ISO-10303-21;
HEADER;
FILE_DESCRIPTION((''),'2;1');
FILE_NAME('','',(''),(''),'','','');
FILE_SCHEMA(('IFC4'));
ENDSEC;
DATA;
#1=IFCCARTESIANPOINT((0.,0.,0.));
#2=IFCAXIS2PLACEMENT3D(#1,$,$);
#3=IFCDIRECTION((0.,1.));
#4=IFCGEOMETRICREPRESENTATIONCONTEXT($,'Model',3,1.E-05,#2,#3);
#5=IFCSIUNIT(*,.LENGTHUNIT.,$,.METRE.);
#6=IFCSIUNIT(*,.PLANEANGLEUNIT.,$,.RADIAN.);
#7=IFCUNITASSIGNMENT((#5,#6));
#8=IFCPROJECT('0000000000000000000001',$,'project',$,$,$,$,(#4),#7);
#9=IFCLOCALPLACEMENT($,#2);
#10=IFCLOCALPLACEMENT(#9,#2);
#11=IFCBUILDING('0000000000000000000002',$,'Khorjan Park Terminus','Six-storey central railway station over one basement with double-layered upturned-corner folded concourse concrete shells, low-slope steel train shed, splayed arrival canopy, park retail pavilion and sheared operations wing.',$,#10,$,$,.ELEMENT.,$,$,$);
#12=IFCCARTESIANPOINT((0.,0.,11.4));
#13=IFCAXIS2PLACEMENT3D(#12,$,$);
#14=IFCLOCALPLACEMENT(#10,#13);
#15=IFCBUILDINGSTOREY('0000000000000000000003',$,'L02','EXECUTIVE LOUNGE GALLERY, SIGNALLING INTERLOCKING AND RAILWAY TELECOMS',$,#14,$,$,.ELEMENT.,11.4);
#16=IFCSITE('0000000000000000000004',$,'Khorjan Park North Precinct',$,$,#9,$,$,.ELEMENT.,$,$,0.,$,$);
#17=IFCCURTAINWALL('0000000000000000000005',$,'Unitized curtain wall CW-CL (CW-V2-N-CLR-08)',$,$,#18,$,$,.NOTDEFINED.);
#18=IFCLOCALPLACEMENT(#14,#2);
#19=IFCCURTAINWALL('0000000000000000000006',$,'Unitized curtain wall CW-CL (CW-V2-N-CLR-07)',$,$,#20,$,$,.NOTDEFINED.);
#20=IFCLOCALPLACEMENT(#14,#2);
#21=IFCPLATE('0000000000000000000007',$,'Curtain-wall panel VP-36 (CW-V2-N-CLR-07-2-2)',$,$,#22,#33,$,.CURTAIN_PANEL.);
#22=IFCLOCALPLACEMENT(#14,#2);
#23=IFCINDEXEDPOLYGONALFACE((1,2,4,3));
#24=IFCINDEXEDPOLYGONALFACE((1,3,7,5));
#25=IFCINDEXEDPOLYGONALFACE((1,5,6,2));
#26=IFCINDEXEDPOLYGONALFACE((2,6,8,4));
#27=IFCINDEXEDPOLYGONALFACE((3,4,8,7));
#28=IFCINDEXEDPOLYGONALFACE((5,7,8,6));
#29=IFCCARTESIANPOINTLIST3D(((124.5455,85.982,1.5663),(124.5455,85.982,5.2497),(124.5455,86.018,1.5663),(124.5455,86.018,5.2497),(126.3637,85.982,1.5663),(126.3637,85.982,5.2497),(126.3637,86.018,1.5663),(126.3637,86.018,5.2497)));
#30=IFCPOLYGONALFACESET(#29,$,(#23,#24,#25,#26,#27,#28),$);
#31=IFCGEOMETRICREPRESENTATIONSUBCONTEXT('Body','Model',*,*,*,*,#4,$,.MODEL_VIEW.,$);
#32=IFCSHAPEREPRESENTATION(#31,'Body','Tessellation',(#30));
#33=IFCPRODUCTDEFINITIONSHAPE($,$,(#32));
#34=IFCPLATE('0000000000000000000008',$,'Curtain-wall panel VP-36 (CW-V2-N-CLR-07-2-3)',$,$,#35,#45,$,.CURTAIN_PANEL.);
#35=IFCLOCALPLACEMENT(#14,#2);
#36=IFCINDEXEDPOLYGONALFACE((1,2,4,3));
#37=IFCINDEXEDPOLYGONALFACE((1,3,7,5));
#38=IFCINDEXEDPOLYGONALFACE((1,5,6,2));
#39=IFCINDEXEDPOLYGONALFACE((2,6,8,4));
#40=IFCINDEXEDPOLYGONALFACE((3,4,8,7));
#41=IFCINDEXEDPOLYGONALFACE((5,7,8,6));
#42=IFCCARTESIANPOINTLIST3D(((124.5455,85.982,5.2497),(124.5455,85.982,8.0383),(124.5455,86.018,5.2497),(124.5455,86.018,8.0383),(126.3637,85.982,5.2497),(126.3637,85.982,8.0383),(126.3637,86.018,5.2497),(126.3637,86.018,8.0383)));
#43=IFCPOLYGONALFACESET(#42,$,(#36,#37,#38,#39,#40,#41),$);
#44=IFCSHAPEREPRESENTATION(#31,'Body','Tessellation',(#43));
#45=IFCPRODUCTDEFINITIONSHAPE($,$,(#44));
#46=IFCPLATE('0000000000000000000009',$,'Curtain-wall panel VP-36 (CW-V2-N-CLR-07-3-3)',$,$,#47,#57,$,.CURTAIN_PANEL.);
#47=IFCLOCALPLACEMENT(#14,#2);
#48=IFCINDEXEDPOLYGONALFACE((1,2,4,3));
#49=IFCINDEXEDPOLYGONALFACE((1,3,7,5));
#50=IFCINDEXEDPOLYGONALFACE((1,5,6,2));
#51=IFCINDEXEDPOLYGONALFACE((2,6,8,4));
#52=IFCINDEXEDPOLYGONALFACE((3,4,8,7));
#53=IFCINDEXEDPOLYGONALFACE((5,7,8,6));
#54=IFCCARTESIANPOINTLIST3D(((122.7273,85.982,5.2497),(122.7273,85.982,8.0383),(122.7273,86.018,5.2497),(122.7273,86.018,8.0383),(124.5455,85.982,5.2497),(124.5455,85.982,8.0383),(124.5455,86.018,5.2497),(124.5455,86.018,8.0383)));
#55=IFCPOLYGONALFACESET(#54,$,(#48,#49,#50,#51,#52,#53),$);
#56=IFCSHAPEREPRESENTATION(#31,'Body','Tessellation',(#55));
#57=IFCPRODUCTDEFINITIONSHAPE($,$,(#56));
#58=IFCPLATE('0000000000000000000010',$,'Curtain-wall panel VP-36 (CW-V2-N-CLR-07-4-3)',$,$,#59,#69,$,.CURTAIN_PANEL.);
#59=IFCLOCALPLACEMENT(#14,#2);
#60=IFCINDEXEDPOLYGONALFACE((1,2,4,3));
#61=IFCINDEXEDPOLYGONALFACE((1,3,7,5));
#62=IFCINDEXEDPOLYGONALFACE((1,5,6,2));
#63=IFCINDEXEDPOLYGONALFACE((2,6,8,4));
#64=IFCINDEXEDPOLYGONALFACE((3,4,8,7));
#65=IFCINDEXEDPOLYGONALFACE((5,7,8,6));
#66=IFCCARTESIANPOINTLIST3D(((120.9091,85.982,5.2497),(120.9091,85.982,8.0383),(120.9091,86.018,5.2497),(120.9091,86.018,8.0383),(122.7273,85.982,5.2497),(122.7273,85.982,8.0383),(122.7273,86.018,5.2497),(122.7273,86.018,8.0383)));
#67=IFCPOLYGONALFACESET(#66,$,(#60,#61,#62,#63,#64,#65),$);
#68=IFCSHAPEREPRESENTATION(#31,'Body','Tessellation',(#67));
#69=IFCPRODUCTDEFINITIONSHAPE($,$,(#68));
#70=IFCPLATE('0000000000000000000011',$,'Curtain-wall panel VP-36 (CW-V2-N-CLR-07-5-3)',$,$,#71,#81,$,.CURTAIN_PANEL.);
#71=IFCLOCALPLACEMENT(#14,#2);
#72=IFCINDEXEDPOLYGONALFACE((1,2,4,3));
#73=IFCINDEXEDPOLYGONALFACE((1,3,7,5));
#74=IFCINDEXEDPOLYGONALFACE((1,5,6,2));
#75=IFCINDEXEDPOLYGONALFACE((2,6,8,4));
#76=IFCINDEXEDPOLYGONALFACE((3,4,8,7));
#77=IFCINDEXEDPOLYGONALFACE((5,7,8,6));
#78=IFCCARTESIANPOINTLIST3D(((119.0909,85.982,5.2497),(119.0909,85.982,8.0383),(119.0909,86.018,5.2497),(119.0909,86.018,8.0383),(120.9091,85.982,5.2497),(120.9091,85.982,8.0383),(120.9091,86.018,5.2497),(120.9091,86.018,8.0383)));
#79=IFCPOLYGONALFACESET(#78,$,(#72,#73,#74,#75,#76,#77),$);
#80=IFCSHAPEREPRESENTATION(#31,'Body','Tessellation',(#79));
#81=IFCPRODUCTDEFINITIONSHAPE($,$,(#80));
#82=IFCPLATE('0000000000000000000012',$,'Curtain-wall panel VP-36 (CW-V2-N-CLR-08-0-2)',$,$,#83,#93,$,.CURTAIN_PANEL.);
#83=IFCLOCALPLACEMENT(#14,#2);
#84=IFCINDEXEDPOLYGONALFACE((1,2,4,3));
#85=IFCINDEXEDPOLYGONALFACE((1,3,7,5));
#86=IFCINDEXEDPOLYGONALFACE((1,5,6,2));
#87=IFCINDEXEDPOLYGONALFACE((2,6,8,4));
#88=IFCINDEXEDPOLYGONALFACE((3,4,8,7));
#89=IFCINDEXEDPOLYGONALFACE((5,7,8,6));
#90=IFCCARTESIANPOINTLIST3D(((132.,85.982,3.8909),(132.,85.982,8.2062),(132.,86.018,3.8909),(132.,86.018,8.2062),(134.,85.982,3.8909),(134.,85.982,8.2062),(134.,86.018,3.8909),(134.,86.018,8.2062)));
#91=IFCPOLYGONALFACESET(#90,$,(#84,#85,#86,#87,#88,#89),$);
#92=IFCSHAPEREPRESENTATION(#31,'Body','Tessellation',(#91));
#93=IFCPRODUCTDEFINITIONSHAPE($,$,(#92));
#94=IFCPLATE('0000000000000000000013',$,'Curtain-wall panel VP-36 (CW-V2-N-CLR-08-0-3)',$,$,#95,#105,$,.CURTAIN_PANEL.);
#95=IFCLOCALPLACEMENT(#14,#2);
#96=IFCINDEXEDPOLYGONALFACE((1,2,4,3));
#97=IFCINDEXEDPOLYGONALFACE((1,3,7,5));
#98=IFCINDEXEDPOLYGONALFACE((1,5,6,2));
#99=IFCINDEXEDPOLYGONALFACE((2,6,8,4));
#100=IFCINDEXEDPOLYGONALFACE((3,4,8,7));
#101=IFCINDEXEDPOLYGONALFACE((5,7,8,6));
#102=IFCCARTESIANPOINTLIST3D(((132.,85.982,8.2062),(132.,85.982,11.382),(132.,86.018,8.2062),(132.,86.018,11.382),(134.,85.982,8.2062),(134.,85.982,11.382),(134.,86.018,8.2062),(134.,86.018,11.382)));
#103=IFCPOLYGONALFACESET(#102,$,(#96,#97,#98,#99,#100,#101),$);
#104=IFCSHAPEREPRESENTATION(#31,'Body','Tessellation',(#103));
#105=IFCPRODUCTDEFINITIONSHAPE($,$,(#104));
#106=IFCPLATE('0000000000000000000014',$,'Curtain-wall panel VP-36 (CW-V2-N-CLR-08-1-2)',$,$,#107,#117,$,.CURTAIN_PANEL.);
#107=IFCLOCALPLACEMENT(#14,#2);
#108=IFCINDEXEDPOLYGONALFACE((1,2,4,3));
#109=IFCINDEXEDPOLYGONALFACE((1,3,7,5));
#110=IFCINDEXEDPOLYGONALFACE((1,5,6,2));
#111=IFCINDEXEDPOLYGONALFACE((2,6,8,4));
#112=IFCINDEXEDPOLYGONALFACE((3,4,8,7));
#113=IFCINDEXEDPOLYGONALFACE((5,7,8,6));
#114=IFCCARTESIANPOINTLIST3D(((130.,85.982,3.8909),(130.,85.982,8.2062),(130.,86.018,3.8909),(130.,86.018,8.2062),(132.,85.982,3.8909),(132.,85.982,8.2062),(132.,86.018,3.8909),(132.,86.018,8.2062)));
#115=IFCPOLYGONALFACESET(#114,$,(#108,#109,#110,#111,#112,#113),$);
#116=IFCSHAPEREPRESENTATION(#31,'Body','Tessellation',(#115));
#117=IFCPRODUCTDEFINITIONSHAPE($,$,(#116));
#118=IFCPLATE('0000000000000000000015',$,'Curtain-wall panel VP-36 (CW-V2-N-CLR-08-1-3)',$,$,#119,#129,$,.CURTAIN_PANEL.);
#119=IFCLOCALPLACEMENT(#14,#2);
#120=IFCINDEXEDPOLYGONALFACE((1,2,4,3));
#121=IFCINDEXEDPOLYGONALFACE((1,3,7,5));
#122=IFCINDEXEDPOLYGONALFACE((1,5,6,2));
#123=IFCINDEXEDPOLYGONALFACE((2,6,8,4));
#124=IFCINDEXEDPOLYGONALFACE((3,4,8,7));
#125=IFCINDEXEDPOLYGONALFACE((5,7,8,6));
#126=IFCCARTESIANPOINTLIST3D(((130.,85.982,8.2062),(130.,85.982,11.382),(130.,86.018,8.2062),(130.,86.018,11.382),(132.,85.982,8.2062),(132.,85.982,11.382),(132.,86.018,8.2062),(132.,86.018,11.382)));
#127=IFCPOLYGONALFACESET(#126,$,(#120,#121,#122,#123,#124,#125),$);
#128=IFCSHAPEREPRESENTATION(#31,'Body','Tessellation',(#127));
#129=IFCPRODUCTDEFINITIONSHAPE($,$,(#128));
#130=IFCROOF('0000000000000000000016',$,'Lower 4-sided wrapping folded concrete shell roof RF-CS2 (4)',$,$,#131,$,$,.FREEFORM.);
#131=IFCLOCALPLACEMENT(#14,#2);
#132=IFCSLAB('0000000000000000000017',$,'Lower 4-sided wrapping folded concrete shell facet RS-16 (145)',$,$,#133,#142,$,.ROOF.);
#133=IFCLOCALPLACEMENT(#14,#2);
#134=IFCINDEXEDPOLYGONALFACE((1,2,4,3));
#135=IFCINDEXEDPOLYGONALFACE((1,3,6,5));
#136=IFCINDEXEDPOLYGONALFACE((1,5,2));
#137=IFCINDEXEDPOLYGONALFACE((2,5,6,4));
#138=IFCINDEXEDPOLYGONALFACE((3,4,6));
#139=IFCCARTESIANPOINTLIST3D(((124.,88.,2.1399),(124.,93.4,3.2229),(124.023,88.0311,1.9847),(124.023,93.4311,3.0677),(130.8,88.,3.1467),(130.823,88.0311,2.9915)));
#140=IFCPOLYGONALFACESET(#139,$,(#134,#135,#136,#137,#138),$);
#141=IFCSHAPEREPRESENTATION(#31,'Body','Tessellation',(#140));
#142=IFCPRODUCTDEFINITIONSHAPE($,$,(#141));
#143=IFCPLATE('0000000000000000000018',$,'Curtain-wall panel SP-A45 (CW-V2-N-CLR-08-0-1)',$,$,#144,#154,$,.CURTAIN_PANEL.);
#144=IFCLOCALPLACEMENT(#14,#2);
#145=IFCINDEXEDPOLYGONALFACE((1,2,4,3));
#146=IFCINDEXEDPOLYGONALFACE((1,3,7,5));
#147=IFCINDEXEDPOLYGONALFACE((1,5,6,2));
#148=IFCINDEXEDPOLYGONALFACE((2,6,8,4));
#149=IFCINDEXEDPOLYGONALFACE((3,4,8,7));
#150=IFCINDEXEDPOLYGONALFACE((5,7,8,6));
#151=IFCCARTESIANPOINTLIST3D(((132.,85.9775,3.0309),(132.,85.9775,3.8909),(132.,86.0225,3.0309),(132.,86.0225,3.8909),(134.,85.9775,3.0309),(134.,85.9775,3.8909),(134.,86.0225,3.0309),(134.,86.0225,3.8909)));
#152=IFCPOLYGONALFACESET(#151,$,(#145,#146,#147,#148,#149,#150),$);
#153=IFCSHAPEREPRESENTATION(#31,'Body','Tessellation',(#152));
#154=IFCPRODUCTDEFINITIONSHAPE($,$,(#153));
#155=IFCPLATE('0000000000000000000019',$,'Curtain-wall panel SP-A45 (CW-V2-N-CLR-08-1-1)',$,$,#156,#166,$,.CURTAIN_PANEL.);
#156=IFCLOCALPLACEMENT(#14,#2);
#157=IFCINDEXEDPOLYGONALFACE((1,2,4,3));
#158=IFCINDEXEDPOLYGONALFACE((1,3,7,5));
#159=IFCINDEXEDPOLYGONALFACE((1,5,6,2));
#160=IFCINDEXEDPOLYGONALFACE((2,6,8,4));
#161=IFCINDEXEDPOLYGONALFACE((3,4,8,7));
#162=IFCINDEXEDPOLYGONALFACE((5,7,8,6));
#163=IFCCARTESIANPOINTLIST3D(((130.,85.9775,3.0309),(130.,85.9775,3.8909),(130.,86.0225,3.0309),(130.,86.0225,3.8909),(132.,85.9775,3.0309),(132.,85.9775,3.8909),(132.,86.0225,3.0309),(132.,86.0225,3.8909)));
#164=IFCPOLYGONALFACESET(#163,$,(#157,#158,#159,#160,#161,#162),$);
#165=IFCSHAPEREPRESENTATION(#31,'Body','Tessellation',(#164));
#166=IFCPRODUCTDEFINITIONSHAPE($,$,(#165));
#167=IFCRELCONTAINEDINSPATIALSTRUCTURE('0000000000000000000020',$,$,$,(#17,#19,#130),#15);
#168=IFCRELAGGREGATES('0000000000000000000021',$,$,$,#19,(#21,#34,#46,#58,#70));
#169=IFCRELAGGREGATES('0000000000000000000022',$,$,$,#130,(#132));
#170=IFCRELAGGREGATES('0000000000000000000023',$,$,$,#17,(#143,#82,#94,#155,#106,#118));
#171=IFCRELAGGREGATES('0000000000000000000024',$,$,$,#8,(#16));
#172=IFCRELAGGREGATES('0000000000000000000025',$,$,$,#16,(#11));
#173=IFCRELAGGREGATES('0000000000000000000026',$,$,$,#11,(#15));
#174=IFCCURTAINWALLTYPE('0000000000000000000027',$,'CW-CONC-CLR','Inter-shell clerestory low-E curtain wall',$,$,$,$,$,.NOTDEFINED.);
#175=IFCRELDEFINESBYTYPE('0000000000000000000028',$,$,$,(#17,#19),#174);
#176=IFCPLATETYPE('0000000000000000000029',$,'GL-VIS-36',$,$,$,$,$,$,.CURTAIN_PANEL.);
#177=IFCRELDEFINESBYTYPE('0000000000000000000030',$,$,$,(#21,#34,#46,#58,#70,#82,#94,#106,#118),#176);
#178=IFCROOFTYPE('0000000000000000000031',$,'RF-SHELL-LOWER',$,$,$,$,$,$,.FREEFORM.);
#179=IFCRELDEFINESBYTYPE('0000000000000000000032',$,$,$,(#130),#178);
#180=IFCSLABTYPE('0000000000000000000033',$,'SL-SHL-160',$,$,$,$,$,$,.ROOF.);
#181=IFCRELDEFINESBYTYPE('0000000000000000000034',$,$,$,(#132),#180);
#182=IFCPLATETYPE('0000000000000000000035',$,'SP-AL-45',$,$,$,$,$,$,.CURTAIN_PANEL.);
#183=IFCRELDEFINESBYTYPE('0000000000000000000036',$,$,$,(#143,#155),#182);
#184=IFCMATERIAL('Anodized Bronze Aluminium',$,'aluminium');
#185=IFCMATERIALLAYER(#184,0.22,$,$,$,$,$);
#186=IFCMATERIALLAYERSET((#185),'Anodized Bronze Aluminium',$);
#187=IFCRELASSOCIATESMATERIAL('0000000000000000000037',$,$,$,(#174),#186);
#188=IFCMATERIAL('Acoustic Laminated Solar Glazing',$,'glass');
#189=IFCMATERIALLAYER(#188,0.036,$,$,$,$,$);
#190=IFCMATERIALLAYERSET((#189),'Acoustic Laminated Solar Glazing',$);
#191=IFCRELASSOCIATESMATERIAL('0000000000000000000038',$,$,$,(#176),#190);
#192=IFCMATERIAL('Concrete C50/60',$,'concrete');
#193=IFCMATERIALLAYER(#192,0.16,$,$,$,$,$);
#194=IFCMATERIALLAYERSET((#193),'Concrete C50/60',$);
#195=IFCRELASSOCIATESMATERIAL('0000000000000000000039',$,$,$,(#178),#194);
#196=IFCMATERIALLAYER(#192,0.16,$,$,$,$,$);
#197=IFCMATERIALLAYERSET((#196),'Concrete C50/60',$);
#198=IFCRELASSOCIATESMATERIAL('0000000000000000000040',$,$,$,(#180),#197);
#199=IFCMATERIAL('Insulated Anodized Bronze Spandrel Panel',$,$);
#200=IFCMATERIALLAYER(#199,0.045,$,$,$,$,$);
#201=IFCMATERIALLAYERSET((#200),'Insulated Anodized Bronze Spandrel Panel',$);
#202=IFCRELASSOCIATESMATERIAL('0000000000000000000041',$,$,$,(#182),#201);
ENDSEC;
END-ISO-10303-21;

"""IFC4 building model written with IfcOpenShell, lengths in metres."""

from ifc_helpers import new_model, si_unit, direction, frame, origin, origin_2d, place, context, subcontext, project, spatial, polyline, rectangle, outline, extrude, material, layer, layer_set, type_object, element, aggregate, save


model = new_model("IFC4")

# Units and contexts
model_context = context("Model", 3, precision=1e-05, world=origin(), true_north=direction((0.0, 1.0)))
body_context = subcontext(model_context, "Body", "Model", "MODEL_VIEW")
ifc_project = project(units=[si_unit("LENGTHUNIT", "METRE"), si_unit("PLANEANGLEUNIT", "RADIAN")], contexts=[model_context])

# Site, building, storey
site_placement = place(None, origin())
site = spatial("IfcSite", under=ifc_project, at=site_placement, Name="Khorjan Park North Precinct", CompositionType="ELEMENT", RefElevation=0.0)
building_placement = place(site_placement, origin())
building = spatial("IfcBuilding", under=site, at=building_placement, Name="Khorjan Park Terminus", Description="Six-storey central railway station over one basement with double-layered upturned-corner folded concourse concrete shells, low-slope steel train shed, splayed arrival canopy, park retail pavilion and sheared operations wing.", CompositionType="ELEMENT")
storey_placement = place(building_placement, frame((0.0, 0.0, 11.4)))
storey = spatial("IfcBuildingStorey", under=building, at=storey_placement, Name="L02", Description="EXECUTIVE LOUNGE GALLERY, SIGNALLING INTERLOCKING AND RAILWAY TELECOMS", CompositionType="ELEMENT", Elevation=11.4)

# Curtain wall
ifc_material_1 = material(Name="Anodized Bronze Aluminium", Category="aluminium")
ifc_layer_1 = layer(ifc_material_1, 0.22)
ifc_layer_set_1 = layer_set([ifc_layer_1], Name="Anodized Bronze Aluminium")
curtain_wall_type = type_object("IfcCurtainWallType", Name="CW-CONC-CLR", Description="Inter-shell clerestory low-E curtain wall", PredefinedType="NOTDEFINED", material=ifc_layer_set_1)
curtain_wall_1_placement = place(storey_placement, origin())
curtain_wall_1 = element("IfcCurtainWall", 1, at=curtain_wall_1_placement, inside=storey, type_object=curtain_wall_type, Name="Unitized curtain wall CW-CL (CW-V2-N-CLR-08)", PredefinedType="NOTDEFINED")

# Curtain wall
curtain_wall_2_placement = place(storey_placement, origin())
curtain_wall_2 = element("IfcCurtainWall", 2, at=curtain_wall_2_placement, inside=storey, type_object=curtain_wall_type, Name="Unitized curtain wall CW-CL (CW-V2-N-CLR-07)", PredefinedType="NOTDEFINED")

# Plates
ifc_material_2 = material(Name="Acoustic Laminated Solar Glazing", Category="glass")
ifc_layer_2 = layer(ifc_material_2, 0.036)
ifc_layer_set_2 = layer_set([ifc_layer_2], Name="Acoustic Laminated Solar Glazing")
plate_type_1 = type_object("IfcPlateType", Name="GL-VIS-36", PredefinedType="CURTAIN_PANEL", material=ifc_layer_set_2)
plate_1_placement = place(storey_placement, frame((125.4546, 86.0, 1.5663), z_axis=(0.0, 0.0, 1.0), x_axis=(-1.0, 0.0, 0.0)))
plate_1 = element("IfcPlate", 3, at=plate_1_placement, type_object=plate_type_1, Name="Curtain-wall panel VP-36 (CW-V2-N-CLR-07-2-2)", PredefinedType="CURTAIN_PANEL", context=body_context, shape_type="SweptSolid", body=[
    extrude(rectangle(XDim=1.8182, YDim=0.036, at=origin_2d()), origin(), (0.0, 0.0, 1.0), 3.6834),
])
plate_2_placement = place(storey_placement, frame((125.4546, 86.0, 5.2497), z_axis=(0.0, 0.0, 1.0), x_axis=(-1.0, 0.0, 0.0)))
plate_2 = element("IfcPlate", 4, at=plate_2_placement, type_object=plate_type_1, Name="Curtain-wall panel VP-36 (CW-V2-N-CLR-07-2-3)", PredefinedType="CURTAIN_PANEL", context=body_context, shape_type="SweptSolid", body=[
    extrude(rectangle(XDim=1.8182, YDim=0.036, at=origin_2d()), origin(), (0.0, 0.0, 1.0), 2.7886),
])
plate_3_placement = place(storey_placement, frame((123.6364, 86.0, 5.2497), z_axis=(0.0, 0.0, 1.0), x_axis=(-1.0, 0.0, 0.0)))
plate_3 = element("IfcPlate", 5, at=plate_3_placement, type_object=plate_type_1, Name="Curtain-wall panel VP-36 (CW-V2-N-CLR-07-3-3)", PredefinedType="CURTAIN_PANEL", context=body_context, shape_type="SweptSolid", body=[
    extrude(rectangle(XDim=1.8182, YDim=0.036, at=origin_2d()), origin(), (0.0, 0.0, 1.0), 2.7886),
])
plate_4_placement = place(storey_placement, frame((121.8182, 86.0, 5.2497), z_axis=(0.0, 0.0, 1.0), x_axis=(-1.0, 0.0, 0.0)))
plate_4 = element("IfcPlate", 6, at=plate_4_placement, type_object=plate_type_1, Name="Curtain-wall panel VP-36 (CW-V2-N-CLR-07-4-3)", PredefinedType="CURTAIN_PANEL", context=body_context, shape_type="SweptSolid", body=[
    extrude(rectangle(XDim=1.8182, YDim=0.036, at=origin_2d()), origin(), (0.0, 0.0, 1.0), 2.7886),
])
plate_5_placement = place(storey_placement, frame((120.0, 86.0, 5.2497), z_axis=(0.0, 0.0, 1.0), x_axis=(-1.0, 0.0, 0.0)))
plate_5 = element("IfcPlate", 7, at=plate_5_placement, type_object=plate_type_1, Name="Curtain-wall panel VP-36 (CW-V2-N-CLR-07-5-3)", PredefinedType="CURTAIN_PANEL", context=body_context, shape_type="SweptSolid", body=[
    extrude(rectangle(XDim=1.8182, YDim=0.036, at=origin_2d()), origin(), (0.0, 0.0, 1.0), 2.7886),
])
aggregate(curtain_wall_2, [plate_1, plate_2, plate_3, plate_4, plate_5])
plate_6_placement = place(storey_placement, frame((133.0, 86.0, 3.8909), z_axis=(0.0, 0.0, 1.0), x_axis=(-1.0, 0.0, 0.0)))
plate_6 = element("IfcPlate", 8, at=plate_6_placement, type_object=plate_type_1, Name="Curtain-wall panel VP-36 (CW-V2-N-CLR-08-0-2)", PredefinedType="CURTAIN_PANEL", context=body_context, shape_type="SweptSolid", body=[
    extrude(rectangle(XDim=2.0, YDim=0.036, at=origin_2d()), origin(), (0.0, 0.0, 1.0), 4.3153),
])
plate_7_placement = place(storey_placement, frame((133.0, 86.0, 8.2062), z_axis=(0.0, 0.0, 1.0), x_axis=(-1.0, 0.0, 0.0)))
plate_7 = element("IfcPlate", 9, at=plate_7_placement, type_object=plate_type_1, Name="Curtain-wall panel VP-36 (CW-V2-N-CLR-08-0-3)", PredefinedType="CURTAIN_PANEL", context=body_context, shape_type="SweptSolid", body=[
    extrude(rectangle(XDim=2.0, YDim=0.036, at=origin_2d()), origin(), (0.0, 0.0, 1.0), 3.1758),
])
plate_8_placement = place(storey_placement, frame((131.0, 86.0, 3.8909), z_axis=(0.0, 0.0, 1.0), x_axis=(-1.0, 0.0, 0.0)))
plate_8 = element("IfcPlate", 10, at=plate_8_placement, type_object=plate_type_1, Name="Curtain-wall panel VP-36 (CW-V2-N-CLR-08-1-2)", PredefinedType="CURTAIN_PANEL", context=body_context, shape_type="SweptSolid", body=[
    extrude(rectangle(XDim=2.0, YDim=0.036, at=origin_2d()), origin(), (0.0, 0.0, 1.0), 4.3153),
])
plate_9_placement = place(storey_placement, frame((131.0, 86.0, 8.2062), z_axis=(0.0, 0.0, 1.0), x_axis=(-1.0, 0.0, 0.0)))
plate_9 = element("IfcPlate", 11, at=plate_9_placement, type_object=plate_type_1, Name="Curtain-wall panel VP-36 (CW-V2-N-CLR-08-1-3)", PredefinedType="CURTAIN_PANEL", context=body_context, shape_type="SweptSolid", body=[
    extrude(rectangle(XDim=2.0, YDim=0.036, at=origin_2d()), origin(), (0.0, 0.0, 1.0), 3.1758),
])

# Roof, slab
ifc_material_3 = material(Name="Concrete C50/60", Category="concrete")
ifc_layer_3 = layer(ifc_material_3, 0.16)
ifc_layer_set_3 = layer_set([ifc_layer_3], Name="Concrete C50/60")
roof_type = type_object("IfcRoofType", Name="RF-SHELL-LOWER", PredefinedType="FREEFORM", material=ifc_layer_set_3)
roof_placement = place(storey_placement, origin())
roof = element("IfcRoof", 12, at=roof_placement, inside=storey, type_object=roof_type, Name="Lower 4-sided wrapping folded concrete shell roof RF-CS2 (4)", PredefinedType="FREEFORM")
ifc_layer_4 = layer(ifc_material_3, 0.16)
ifc_layer_set_4 = layer_set([ifc_layer_4], Name="Concrete C50/60")
slab_type = type_object("IfcSlabType", Name="SL-SHL-160", PredefinedType="ROOF", material=ifc_layer_set_4)
slab_placement = place(storey_placement, frame((124.0, 88.0, 2.1399), z_axis=(-0.143662, -0.1946, 0.970305), x_axis=(0.989216, 0.0, 0.146462)))
slab = element("IfcSlab", 13, at=slab_placement, type_object=slab_type, Name="Lower 4-sided wrapping folded concrete shell facet RS-16 (145)", PredefinedType="ROOF", context=body_context, shape_type="SweptSolid", body=[
    extrude(outline(polyline([(0.0, 0.0), (6.8741, 0.0), (0.1586, 5.5052), (0.0, 0.0)])), origin(), (0.0, 0.0, -1.0), 0.16),
])
aggregate(roof, [slab])

# Plates
ifc_material_4 = material(Name="Insulated Anodized Bronze Spandrel Panel")
ifc_layer_5 = layer(ifc_material_4, 0.045)
ifc_layer_set_5 = layer_set([ifc_layer_5], Name="Insulated Anodized Bronze Spandrel Panel")
plate_type_2 = type_object("IfcPlateType", Name="SP-AL-45", PredefinedType="CURTAIN_PANEL", material=ifc_layer_set_5)
plate_10_placement = place(storey_placement, frame((133.0, 86.0, 3.0309), z_axis=(0.0, 0.0, 1.0), x_axis=(-1.0, 0.0, 0.0)))
plate_10 = element("IfcPlate", 14, at=plate_10_placement, type_object=plate_type_2, Name="Curtain-wall panel SP-A45 (CW-V2-N-CLR-08-0-1)", PredefinedType="CURTAIN_PANEL", context=body_context, shape_type="SweptSolid", body=[
    extrude(rectangle(XDim=2.0, YDim=0.045, at=origin_2d()), origin(), (0.0, 0.0, 1.0), 0.86),
])
plate_11_placement = place(storey_placement, frame((131.0, 86.0, 3.0309), z_axis=(0.0, 0.0, 1.0), x_axis=(-1.0, 0.0, 0.0)))
plate_11 = element("IfcPlate", 15, at=plate_11_placement, type_object=plate_type_2, Name="Curtain-wall panel SP-A45 (CW-V2-N-CLR-08-1-1)", PredefinedType="CURTAIN_PANEL", context=body_context, shape_type="SweptSolid", body=[
    extrude(rectangle(XDim=2.0, YDim=0.045, at=origin_2d()), origin(), (0.0, 0.0, 1.0), 0.86),
])
aggregate(curtain_wall_1, [plate_10, plate_6, plate_7, plate_11, plate_8, plate_9])

save(model, "model.ifc")
